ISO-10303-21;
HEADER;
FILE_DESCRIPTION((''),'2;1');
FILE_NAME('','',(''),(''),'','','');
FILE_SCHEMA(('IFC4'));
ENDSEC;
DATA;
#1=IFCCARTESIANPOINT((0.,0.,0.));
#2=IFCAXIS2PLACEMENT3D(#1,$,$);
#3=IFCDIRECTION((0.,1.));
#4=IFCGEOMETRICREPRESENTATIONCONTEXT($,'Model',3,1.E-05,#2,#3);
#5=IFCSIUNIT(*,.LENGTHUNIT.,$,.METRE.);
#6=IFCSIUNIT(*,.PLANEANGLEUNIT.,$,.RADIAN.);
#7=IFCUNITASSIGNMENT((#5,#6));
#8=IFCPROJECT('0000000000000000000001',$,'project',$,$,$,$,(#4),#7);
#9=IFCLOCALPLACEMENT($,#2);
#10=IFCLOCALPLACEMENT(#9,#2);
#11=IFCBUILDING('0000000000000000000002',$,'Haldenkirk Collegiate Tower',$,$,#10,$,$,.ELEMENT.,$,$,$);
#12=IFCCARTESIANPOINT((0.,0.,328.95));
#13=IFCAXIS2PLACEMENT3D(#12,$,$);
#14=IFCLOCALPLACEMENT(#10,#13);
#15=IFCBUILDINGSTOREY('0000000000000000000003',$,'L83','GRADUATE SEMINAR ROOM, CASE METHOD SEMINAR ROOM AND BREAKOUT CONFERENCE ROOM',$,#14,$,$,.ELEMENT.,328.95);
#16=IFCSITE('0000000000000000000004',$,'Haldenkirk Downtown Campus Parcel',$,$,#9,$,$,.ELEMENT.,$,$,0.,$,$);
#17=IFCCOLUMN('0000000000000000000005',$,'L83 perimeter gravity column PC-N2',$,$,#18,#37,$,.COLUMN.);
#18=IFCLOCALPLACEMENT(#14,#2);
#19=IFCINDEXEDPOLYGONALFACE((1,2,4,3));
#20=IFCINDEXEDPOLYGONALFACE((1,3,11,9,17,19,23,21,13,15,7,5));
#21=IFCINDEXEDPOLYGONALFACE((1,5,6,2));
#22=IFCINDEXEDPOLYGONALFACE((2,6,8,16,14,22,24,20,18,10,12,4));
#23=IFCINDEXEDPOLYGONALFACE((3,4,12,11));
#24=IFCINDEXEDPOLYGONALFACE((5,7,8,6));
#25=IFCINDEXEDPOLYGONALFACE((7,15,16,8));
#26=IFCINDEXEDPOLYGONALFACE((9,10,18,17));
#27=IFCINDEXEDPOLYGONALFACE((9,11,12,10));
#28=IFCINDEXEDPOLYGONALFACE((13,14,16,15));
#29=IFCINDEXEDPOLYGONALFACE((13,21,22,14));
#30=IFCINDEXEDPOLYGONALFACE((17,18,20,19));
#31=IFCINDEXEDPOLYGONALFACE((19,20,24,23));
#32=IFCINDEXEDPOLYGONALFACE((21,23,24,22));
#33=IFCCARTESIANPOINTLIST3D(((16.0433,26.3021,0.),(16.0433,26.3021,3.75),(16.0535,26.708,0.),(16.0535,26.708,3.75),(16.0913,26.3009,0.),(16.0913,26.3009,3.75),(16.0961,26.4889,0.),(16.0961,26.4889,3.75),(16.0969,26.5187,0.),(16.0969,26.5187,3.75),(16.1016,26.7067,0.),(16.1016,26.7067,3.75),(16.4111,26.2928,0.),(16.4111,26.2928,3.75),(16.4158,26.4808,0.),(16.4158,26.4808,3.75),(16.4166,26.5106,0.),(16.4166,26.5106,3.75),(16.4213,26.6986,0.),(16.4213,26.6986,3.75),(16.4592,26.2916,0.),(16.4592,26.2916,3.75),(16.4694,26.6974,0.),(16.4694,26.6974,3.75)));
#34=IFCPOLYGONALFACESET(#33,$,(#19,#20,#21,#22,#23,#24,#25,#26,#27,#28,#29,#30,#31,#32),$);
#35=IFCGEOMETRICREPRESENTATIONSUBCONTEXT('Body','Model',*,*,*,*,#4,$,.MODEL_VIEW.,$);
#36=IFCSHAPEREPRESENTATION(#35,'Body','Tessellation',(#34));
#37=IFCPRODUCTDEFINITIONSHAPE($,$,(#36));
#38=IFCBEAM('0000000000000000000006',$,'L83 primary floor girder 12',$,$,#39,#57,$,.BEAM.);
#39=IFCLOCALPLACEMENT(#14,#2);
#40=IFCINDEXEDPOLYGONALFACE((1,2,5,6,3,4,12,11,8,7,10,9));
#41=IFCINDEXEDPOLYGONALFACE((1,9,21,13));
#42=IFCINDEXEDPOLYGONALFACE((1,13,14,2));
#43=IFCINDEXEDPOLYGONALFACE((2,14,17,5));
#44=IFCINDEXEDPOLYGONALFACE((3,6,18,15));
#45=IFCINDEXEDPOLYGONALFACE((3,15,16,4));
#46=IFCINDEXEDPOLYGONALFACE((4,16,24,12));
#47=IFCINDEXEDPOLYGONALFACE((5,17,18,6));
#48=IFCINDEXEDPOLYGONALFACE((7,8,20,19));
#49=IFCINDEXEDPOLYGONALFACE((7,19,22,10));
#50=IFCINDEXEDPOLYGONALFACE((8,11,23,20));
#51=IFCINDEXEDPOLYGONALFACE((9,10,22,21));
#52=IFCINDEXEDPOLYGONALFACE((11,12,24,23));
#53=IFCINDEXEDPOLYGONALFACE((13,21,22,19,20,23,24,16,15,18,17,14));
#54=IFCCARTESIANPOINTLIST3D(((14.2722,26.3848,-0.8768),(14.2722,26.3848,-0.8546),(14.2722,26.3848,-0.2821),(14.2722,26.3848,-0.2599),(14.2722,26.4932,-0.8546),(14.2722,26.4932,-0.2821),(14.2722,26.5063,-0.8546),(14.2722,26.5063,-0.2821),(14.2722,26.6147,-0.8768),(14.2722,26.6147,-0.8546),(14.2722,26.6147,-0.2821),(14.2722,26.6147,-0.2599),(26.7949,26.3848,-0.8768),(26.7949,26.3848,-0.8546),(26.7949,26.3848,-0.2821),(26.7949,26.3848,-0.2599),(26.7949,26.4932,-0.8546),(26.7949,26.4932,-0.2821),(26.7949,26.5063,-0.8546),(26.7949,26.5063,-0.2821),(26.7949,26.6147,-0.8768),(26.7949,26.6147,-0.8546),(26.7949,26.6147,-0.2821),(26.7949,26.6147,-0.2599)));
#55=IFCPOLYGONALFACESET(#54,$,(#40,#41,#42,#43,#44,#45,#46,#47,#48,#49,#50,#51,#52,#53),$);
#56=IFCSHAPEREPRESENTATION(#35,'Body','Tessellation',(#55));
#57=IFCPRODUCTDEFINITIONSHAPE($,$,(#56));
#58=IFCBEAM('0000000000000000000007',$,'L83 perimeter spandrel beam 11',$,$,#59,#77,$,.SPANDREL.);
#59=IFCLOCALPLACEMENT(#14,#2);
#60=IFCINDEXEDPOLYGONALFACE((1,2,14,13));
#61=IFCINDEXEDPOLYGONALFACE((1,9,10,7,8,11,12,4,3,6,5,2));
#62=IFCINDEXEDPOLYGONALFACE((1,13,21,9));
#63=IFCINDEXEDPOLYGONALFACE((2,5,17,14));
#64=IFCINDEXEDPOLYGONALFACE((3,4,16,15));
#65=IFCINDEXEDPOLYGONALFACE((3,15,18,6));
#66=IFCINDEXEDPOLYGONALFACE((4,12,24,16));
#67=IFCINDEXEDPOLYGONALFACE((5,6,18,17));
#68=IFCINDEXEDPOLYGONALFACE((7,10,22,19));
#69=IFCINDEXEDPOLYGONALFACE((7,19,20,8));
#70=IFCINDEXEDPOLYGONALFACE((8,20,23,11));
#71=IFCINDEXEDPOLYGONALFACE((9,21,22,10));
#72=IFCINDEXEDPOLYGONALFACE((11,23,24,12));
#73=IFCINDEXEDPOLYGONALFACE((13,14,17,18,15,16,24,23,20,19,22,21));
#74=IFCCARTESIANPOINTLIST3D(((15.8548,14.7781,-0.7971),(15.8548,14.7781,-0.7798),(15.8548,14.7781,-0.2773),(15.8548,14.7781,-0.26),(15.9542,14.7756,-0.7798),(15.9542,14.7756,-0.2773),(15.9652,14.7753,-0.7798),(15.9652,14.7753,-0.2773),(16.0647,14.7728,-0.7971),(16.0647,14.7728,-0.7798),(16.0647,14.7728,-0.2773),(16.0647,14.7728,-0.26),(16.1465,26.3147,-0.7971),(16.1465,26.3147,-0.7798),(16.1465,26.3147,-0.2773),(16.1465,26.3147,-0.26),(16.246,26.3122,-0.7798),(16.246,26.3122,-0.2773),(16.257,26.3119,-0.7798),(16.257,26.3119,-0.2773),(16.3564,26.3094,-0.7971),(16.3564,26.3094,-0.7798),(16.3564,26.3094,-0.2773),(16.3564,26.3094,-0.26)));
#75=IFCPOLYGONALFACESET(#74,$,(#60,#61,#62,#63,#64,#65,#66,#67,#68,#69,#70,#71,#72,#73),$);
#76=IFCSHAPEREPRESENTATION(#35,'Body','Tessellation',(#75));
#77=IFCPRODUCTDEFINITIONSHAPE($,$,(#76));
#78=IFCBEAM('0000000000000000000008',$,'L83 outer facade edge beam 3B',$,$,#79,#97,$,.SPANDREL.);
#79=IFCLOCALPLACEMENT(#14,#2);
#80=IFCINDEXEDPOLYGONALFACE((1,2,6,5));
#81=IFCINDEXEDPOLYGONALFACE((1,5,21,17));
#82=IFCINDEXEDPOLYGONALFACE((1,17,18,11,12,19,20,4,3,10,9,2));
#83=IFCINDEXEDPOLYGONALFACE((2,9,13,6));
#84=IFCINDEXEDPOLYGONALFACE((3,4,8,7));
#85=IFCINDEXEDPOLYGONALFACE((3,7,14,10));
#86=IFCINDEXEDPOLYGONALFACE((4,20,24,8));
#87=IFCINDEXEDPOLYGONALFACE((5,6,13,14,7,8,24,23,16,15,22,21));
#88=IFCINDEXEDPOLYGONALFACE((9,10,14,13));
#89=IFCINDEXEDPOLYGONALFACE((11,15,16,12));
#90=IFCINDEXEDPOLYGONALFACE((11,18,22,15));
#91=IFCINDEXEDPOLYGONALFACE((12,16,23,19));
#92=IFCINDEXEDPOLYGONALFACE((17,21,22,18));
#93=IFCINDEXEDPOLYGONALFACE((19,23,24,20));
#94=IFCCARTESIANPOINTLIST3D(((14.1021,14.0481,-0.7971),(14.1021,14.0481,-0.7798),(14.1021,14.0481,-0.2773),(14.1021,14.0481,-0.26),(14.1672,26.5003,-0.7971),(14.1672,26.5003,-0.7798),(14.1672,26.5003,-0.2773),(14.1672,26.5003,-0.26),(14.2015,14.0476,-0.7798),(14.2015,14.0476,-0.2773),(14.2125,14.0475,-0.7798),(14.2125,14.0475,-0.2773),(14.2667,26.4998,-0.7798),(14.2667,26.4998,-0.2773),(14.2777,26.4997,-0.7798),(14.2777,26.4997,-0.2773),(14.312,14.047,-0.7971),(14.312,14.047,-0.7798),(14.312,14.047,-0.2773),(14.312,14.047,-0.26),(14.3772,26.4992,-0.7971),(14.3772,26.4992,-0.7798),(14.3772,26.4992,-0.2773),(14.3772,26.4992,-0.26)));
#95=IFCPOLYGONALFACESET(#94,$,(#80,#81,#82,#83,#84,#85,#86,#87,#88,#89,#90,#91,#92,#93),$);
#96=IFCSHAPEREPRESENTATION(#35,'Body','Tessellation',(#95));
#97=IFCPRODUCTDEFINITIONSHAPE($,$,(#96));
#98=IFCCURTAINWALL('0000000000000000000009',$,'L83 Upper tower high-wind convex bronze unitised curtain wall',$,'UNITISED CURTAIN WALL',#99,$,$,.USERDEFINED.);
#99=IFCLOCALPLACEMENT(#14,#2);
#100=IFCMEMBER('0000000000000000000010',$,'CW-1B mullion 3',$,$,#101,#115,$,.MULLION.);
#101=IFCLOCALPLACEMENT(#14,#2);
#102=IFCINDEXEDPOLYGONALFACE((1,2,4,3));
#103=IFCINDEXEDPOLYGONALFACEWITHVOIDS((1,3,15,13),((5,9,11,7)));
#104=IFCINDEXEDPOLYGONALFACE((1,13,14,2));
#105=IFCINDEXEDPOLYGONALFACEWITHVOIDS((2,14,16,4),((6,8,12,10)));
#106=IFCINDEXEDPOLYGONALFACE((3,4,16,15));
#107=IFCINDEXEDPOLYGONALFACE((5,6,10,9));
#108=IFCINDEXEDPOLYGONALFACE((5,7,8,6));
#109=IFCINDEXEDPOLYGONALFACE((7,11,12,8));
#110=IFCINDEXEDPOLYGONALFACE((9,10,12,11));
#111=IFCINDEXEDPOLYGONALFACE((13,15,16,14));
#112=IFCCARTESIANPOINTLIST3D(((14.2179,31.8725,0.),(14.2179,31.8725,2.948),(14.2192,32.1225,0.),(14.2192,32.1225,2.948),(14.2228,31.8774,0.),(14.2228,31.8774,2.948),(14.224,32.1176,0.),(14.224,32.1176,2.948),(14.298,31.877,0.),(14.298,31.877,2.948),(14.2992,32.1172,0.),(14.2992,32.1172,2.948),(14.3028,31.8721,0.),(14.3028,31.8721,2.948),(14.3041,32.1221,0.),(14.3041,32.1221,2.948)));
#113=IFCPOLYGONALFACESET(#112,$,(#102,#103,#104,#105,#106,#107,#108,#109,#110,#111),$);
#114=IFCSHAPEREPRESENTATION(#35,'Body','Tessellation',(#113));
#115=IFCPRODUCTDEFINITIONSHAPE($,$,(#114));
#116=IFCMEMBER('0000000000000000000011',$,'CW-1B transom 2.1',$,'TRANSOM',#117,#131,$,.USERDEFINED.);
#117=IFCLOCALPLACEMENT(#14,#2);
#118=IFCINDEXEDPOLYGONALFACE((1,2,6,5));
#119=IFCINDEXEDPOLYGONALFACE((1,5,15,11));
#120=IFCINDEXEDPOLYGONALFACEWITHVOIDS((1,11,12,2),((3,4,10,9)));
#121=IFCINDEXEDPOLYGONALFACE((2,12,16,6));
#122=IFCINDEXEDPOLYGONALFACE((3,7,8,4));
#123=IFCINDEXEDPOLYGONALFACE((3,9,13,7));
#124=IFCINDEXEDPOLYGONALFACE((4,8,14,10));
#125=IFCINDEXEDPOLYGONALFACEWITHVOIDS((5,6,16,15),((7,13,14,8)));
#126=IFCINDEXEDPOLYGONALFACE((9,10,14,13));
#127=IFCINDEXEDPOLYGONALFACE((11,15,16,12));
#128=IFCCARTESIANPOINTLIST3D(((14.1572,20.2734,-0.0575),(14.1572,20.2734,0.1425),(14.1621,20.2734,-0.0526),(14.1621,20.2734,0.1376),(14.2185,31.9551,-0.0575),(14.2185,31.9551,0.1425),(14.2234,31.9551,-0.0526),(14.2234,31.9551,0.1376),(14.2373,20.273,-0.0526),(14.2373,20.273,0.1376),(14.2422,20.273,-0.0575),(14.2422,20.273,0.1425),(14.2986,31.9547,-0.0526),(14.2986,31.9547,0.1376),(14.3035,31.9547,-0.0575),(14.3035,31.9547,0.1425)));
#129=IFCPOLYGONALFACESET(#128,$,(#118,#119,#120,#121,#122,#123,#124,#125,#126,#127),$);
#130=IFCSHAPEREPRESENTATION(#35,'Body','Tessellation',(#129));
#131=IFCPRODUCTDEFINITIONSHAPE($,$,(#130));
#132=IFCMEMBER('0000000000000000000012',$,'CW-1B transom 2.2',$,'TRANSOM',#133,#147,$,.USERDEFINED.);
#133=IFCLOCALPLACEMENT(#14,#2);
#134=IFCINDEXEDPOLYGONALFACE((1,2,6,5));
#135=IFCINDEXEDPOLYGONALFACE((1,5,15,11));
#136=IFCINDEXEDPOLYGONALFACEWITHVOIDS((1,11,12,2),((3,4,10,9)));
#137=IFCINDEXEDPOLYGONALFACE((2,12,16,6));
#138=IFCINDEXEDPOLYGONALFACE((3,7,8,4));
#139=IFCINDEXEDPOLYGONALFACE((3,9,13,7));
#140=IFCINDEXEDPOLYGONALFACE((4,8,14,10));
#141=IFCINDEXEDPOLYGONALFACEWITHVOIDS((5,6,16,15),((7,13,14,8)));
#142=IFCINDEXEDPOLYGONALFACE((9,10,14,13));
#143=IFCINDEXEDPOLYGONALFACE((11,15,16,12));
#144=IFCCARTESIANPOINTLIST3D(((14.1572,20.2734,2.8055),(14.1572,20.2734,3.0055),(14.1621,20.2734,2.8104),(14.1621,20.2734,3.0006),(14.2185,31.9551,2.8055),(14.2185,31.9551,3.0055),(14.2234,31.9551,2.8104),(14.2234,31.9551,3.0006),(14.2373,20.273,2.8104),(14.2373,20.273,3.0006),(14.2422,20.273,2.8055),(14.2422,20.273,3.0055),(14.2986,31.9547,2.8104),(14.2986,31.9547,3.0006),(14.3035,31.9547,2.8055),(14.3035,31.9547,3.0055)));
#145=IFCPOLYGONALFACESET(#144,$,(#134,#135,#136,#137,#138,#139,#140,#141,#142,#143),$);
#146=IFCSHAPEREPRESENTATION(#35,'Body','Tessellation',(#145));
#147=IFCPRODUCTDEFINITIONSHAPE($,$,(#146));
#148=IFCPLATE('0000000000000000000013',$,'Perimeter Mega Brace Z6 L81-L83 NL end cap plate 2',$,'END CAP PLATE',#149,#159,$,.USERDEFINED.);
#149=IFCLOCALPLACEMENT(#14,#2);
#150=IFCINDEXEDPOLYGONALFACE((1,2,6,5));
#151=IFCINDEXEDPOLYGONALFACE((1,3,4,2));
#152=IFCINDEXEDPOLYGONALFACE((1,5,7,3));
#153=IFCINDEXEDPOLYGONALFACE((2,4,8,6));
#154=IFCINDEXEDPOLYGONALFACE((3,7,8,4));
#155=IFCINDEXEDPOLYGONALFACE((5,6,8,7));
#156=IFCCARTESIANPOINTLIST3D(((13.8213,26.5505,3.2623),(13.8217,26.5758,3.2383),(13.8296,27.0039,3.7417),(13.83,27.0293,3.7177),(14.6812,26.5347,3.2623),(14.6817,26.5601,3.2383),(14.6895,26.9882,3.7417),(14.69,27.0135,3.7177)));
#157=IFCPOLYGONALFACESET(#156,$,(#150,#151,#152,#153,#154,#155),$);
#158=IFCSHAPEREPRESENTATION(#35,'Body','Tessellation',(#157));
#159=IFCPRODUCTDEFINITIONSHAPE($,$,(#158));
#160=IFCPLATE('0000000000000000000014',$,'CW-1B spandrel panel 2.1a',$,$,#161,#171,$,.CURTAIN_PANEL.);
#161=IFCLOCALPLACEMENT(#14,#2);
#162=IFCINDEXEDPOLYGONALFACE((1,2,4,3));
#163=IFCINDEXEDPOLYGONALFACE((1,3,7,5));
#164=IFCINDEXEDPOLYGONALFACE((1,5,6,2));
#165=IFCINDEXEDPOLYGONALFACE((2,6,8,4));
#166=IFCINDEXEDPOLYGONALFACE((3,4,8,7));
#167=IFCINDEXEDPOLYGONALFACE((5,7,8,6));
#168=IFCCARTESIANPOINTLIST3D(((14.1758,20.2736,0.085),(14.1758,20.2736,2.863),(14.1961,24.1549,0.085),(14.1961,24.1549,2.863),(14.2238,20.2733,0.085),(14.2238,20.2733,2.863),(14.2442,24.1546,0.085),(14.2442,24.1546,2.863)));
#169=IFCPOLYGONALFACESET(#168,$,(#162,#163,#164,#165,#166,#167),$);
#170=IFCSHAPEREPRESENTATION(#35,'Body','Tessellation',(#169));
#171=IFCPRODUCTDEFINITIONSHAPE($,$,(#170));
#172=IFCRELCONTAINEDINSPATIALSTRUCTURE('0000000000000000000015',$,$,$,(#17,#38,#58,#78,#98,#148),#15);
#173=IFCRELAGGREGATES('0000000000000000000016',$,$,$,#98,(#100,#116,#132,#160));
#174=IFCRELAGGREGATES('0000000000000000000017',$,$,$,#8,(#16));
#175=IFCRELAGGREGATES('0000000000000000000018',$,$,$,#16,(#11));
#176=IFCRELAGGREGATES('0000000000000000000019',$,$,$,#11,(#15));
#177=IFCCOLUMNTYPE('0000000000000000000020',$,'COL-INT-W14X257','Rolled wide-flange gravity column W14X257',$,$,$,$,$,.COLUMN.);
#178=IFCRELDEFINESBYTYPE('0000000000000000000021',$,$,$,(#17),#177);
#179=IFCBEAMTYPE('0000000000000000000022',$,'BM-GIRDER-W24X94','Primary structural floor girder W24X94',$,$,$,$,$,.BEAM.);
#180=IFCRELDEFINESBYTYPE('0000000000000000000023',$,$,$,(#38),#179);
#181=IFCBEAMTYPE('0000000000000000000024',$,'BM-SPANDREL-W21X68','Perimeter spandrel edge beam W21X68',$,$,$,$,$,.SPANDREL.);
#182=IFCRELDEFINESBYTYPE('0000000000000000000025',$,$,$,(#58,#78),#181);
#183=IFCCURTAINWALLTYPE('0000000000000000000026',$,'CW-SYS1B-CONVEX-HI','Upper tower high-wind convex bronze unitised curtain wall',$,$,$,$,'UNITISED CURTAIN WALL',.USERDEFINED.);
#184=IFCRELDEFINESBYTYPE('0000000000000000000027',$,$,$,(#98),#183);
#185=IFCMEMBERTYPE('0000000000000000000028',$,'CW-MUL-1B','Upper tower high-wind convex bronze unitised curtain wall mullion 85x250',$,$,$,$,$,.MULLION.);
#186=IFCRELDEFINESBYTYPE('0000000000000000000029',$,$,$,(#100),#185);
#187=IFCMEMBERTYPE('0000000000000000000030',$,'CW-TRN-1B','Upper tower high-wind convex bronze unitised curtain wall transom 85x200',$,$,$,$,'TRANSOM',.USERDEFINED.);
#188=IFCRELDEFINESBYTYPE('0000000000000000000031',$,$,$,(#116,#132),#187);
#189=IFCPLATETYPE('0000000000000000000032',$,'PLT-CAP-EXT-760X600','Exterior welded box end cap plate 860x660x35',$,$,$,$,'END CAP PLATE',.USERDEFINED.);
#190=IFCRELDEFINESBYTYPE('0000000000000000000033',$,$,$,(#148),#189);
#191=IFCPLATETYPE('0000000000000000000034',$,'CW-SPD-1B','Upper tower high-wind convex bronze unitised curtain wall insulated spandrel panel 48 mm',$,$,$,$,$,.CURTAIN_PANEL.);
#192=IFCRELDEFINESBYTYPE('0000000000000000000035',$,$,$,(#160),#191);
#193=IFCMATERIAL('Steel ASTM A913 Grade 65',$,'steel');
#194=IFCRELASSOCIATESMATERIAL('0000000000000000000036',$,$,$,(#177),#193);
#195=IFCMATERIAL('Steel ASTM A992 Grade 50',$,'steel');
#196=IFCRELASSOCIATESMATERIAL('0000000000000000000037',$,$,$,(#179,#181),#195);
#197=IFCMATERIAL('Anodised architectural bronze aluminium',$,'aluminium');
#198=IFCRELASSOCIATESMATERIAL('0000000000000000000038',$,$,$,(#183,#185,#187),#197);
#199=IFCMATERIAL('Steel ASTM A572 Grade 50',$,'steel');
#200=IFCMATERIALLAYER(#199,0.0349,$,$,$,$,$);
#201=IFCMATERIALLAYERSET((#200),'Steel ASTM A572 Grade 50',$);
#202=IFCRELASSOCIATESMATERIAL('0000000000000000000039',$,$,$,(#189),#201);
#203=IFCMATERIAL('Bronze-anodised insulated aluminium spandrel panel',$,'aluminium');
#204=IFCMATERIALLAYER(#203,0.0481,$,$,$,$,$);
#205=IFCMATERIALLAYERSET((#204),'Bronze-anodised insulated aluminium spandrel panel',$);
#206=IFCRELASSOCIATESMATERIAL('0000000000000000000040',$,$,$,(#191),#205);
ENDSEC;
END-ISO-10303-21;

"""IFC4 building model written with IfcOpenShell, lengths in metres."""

from ifc_helpers import new_model, si_unit, direction, frame, origin, origin_2d, place, context, subcontext, project, spatial, rectangle, hollow_rectangle, i_section, extrude, source, transform, mapped, material, layer, layer_set, material_profile, profile_set, type_object, element, aggregate, save


model = new_model("IFC4")

# Units and contexts
model_context = context("Model", 3, precision=1e-05, world=origin(), true_north=direction((0.0, 1.0)))
body_context = subcontext(model_context, "Body", "Model", "MODEL_VIEW")
ifc_project = project(units=[si_unit("LENGTHUNIT", "METRE"), si_unit("PLANEANGLEUNIT", "RADIAN")], contexts=[model_context])

# Site, building, storey
site_placement = place(None, origin())
site = spatial("IfcSite", under=ifc_project, at=site_placement, Name="Haldenkirk Downtown Campus Parcel", CompositionType="ELEMENT", RefElevation=0.0)
building_placement = place(site_placement, origin())
building = spatial("IfcBuilding", under=site, at=building_placement, Name="Haldenkirk Collegiate Tower", CompositionType="ELEMENT")
storey_placement = place(building_placement, frame((0.0, 0.0, 328.95)))
storey = spatial("IfcBuildingStorey", under=building, at=storey_placement, Name="L83", Description="GRADUATE SEMINAR ROOM, CASE METHOD SEMINAR ROOM AND BREAKOUT CONFERENCE ROOM", CompositionType="ELEMENT", Elevation=328.95)

# Column
ifc_material_1 = material(Name="Steel ASTM A913 Grade 65", Category="steel")
ifc_material_profile_1 = material_profile(ifc_material_1, i_section(OverallWidth=0.406, OverallDepth=0.416, WebThickness=0.0298, FlangeThickness=0.0481, at=origin_2d()), Name="W14X257")
ifc_profile_set_1 = profile_set([ifc_material_profile_1], Name="Steel ASTM A913 Grade 65")
column_type = type_object("IfcColumnType", Name="COL-INT-W14X257", Description="Rolled wide-flange gravity column W14X257", PredefinedType="COLUMN", material=ifc_profile_set_1)
column_placement = place(storey_placement, frame((16.2563, 26.4998, 0.0), z_axis=(0.0, 0.0, 1.0), x_axis=(0.025305, 0.99968, 0.0)))
element("IfcColumn", 1, at=column_placement, inside=storey, type_object=column_type, Name="L83 perimeter gravity column PC-N2", PredefinedType="COLUMN", context=body_context, shape_type="SweptSolid", body=[
    extrude(i_section(OverallWidth=0.406, OverallDepth=0.416, WebThickness=0.0298, FlangeThickness=0.0481, at=origin_2d()), origin(), (0.0, 0.0, 1.0), 3.75),
])

# Beams
ifc_material_2 = material(Name="Steel ASTM A992 Grade 50", Category="steel")
ifc_material_profile_2 = material_profile(ifc_material_2, i_section(OverallWidth=0.23, OverallDepth=0.6169, WebThickness=0.0132, FlangeThickness=0.0222, at=origin_2d()), Name="W24X94")
ifc_profile_set_2 = profile_set([ifc_material_profile_2], Name="Steel ASTM A992 Grade 50")
beam_type_1 = type_object("IfcBeamType", Name="BM-GIRDER-W24X94", Description="Primary structural floor girder W24X94", PredefinedType="BEAM", material=ifc_profile_set_2)
beam_1_placement = place(storey_placement, frame((14.2722, 26.4998, -0.5684), z_axis=(1.0, 0.0, 0.0), x_axis=(0.0, 1.0, 0.0)))
element("IfcBeam", 2, at=beam_1_placement, inside=storey, type_object=beam_type_1, Name="L83 primary floor girder 12", PredefinedType="BEAM", context=body_context, shape_type="SweptSolid", body=[
    extrude(i_section(OverallWidth=0.23, OverallDepth=0.6169, WebThickness=0.0132, FlangeThickness=0.0222, at=origin_2d()), origin(), (0.0, 0.0, 1.0), 12.5227),
])
ifc_material_profile_3 = material_profile(ifc_material_2, i_section(OverallWidth=0.21, OverallDepth=0.5371, WebThickness=0.011, FlangeThickness=0.0173, at=origin_2d()), Name="W21X68")
ifc_profile_set_3 = profile_set([ifc_material_profile_3], Name="Steel ASTM A992 Grade 50")
beam_type_2 = type_object("IfcBeamType", Name="BM-SPANDREL-W21X68", Description="Perimeter spandrel edge beam W21X68", PredefinedType="SPANDREL", material=ifc_profile_set_3)
beam_2_placement = place(storey_placement, frame((16.2515, 26.312, -0.5286), z_axis=(-0.025281, -0.99968, 0.0), x_axis=(0.99968, -0.025281, 0.0)))
element("IfcBeam", 3, at=beam_2_placement, inside=storey, type_object=beam_type_2, Name="L83 perimeter spandrel beam 11", PredefinedType="SPANDREL", context=body_context, shape_type="SweptSolid", body=[
    extrude(i_section(OverallWidth=0.21, OverallDepth=0.5371, WebThickness=0.011, FlangeThickness=0.0173, at=origin_2d()), origin(), (0.0, 0.0, 1.0), 11.5403),
])
beam_3_placement = place(storey_placement, frame((14.2722, 26.4998, -0.5286), z_axis=(-0.005235, -0.999986, 0.0), x_axis=(0.999986, -0.005235, 0.0)))
element("IfcBeam", 4, at=beam_3_placement, inside=storey, type_object=beam_type_2, Name="L83 outer facade edge beam 3B", PredefinedType="SPANDREL", context=body_context, shape_type="SweptSolid", body=[
    extrude(i_section(OverallWidth=0.21, OverallDepth=0.5371, WebThickness=0.011, FlangeThickness=0.0173, at=origin_2d()), origin(), (0.0, 0.0, 1.0), 12.4524),
])

# Curtain wall, members
ifc_material_3 = material(Name="Anodised architectural bronze aluminium", Category="aluminium")
curtain_wall_type = type_object("IfcCurtainWallType", Name="CW-SYS1B-CONVEX-HI", Description="Upper tower high-wind convex bronze unitised curtain wall", ElementType="UNITISED CURTAIN WALL", PredefinedType="USERDEFINED", material=ifc_material_3)
curtain_wall_placement = place(storey_placement, origin())
curtain_wall = element("IfcCurtainWall", 5, at=curtain_wall_placement, inside=storey, type_object=curtain_wall_type, Name="L83 Upper tower high-wind convex bronze unitised curtain wall", ObjectType="UNITISED CURTAIN WALL", PredefinedType="USERDEFINED")
ifc_material_profile_4 = material_profile(ifc_material_3, hollow_rectangle(XDim=0.085, YDim=0.25, WallThickness=0.0049, at=origin_2d()), Name="CW-MUL-1B")
ifc_profile_set_4 = profile_set([ifc_material_profile_4], Name="Anodised architectural bronze aluminium")
member_type_1 = type_object("IfcMemberType", Name="CW-MUL-1B", Description="Upper tower high-wind convex bronze unitised curtain wall mullion 85x250", PredefinedType="MULLION", material=ifc_profile_set_4)
member_1_placement = place(storey_placement, frame((14.261, 31.9973, 0.0), z_axis=(0.0, 0.0, 1.0), x_axis=(-0.999986, 0.005235, 0.0)))
member_1 = element("IfcMember", 6, at=member_1_placement, type_object=member_type_1, Name="CW-1B mullion 3", PredefinedType="MULLION", context=body_context, shape_type="SweptSolid", body=[
    extrude(hollow_rectangle(XDim=0.085, YDim=0.25, WallThickness=0.0049, at=origin_2d()), origin(), (0.0, 0.0, 1.0), 2.948),
])
ifc_material_profile_5 = material_profile(ifc_material_3, hollow_rectangle(XDim=0.085, YDim=0.2, WallThickness=0.0049, at=origin_2d()), Name="CW-TRN-1B")
ifc_profile_set_5 = profile_set([ifc_material_profile_5], Name="Anodised architectural bronze aluminium")
member_type_2 = type_object("IfcMemberType", Name="CW-TRN-1B", Description="Upper tower high-wind convex bronze unitised curtain wall transom 85x200", ElementType="TRANSOM", PredefinedType="USERDEFINED", material=ifc_profile_set_5)
member_2_placement = place(storey_placement, frame((14.1997, 20.2732, 0.0425), z_axis=(0.005246, 0.999986, 0.0), x_axis=(-0.999986, 0.005246, 0.0)))
member_2 = element("IfcMember", 7, at=member_2_placement, type_object=member_type_2, Name="CW-1B transom 2.1", ObjectType="TRANSOM", PredefinedType="USERDEFINED", context=body_context, shape_type="SweptSolid", body=[
    extrude(hollow_rectangle(XDim=0.085, YDim=0.2, WallThickness=0.0049, at=origin_2d()), origin(), (0.0, 0.0, 1.0), 11.6819),
])
member_3_placement = place(storey_placement, frame((14.1997, 20.2732, 2.9055), z_axis=(0.005246, 0.999986, 0.0), x_axis=(-0.999986, 0.005246, 0.0)))
member_3 = element("IfcMember", 8, at=member_3_placement, type_object=member_type_2, Name="CW-1B transom 2.2", ObjectType="TRANSOM", PredefinedType="USERDEFINED", context=body_context, shape_type="SweptSolid", body=[
    extrude(hollow_rectangle(XDim=0.085, YDim=0.2, WallThickness=0.0049, at=origin_2d()), origin(), (0.0, 0.0, 1.0), 11.6819),
])

# Plates
ifc_material_4 = material(Name="Steel ASTM A572 Grade 50", Category="steel")
ifc_layer_1 = layer(ifc_material_4, 0.0349)
ifc_layer_set_1 = layer_set([ifc_layer_1], Name="Steel ASTM A572 Grade 50")
plate_type_1 = type_object("IfcPlateType", Name="PLT-CAP-EXT-760X600", Description="Exterior welded box end cap plate 860x660x35", ElementType="END CAP PLATE", PredefinedType="USERDEFINED", material=ifc_layer_set_1)
shared_shape_1 = source(origin(), body_context, "Body", "SweptSolid", [
    extrude(rectangle(XDim=0.8601, YDim=0.6599, at=origin_2d()), origin(), (0.0, 0.0, 1.0), 0.0349),
])
plate_1_placement = place(storey_placement, frame((14.2559, 26.7947, 3.478), z_axis=(-0.013275, -0.726305, 0.687245), x_axis=(0.999833, -0.018274, 0.0)))
element("IfcPlate", 9, at=plate_1_placement, inside=storey, type_object=plate_type_1, Name="Perimeter Mega Brace Z6 L81-L83 NL end cap plate 2", ObjectType="END CAP PLATE", PredefinedType="USERDEFINED", context=body_context, shape_type="MappedRepresentation", body=[
    mapped(shared_shape_1, transform((0.0, 0.0, 0.0), x_axis=(1.0, 0.0, 0.0), y_axis=(0.0, 1.0, 0.0), z_axis=(0.0, 0.0, 1.0), scale=1.0)),
])
ifc_material_5 = material(Name="Bronze-anodised insulated aluminium spandrel panel", Category="aluminium")
ifc_layer_2 = layer(ifc_material_5, 0.0481)
ifc_layer_set_2 = layer_set([ifc_layer_2], Name="Bronze-anodised insulated aluminium spandrel panel")
plate_type_2 = type_object("IfcPlateType", Name="CW-SPD-1B", Description="Upper tower high-wind convex bronze unitised curtain wall insulated spandrel panel 48 mm", PredefinedType="CURTAIN_PANEL", material=ifc_layer_set_2)
shared_shape_2 = source(origin(), body_context, "Body", "SweptSolid", [
    extrude(rectangle(XDim=3.8813, YDim=0.0481, at=origin_2d()), origin(), (0.0, 0.0, 1.0), 2.7781),
])
plate_2_placement = place(storey_placement, frame((14.21, 22.2141, 0.085), z_axis=(0.0, 0.0, 1.0), x_axis=(0.005235, 0.999986, 0.0)))
plate_2 = element("IfcPlate", 10, at=plate_2_placement, type_object=plate_type_2, Name="CW-1B spandrel panel 2.1a", PredefinedType="CURTAIN_PANEL", context=body_context, shape_type="MappedRepresentation", body=[
    mapped(shared_shape_2, transform((0.0, 0.0, 0.0), x_axis=(1.0, 0.0, 0.0), y_axis=(0.0, 1.0, 0.0), z_axis=(0.0, 0.0, 1.0), scale=1.0)),
])
aggregate(curtain_wall, [member_1, member_2, member_3, plate_2])

save(model, "model.ifc")
